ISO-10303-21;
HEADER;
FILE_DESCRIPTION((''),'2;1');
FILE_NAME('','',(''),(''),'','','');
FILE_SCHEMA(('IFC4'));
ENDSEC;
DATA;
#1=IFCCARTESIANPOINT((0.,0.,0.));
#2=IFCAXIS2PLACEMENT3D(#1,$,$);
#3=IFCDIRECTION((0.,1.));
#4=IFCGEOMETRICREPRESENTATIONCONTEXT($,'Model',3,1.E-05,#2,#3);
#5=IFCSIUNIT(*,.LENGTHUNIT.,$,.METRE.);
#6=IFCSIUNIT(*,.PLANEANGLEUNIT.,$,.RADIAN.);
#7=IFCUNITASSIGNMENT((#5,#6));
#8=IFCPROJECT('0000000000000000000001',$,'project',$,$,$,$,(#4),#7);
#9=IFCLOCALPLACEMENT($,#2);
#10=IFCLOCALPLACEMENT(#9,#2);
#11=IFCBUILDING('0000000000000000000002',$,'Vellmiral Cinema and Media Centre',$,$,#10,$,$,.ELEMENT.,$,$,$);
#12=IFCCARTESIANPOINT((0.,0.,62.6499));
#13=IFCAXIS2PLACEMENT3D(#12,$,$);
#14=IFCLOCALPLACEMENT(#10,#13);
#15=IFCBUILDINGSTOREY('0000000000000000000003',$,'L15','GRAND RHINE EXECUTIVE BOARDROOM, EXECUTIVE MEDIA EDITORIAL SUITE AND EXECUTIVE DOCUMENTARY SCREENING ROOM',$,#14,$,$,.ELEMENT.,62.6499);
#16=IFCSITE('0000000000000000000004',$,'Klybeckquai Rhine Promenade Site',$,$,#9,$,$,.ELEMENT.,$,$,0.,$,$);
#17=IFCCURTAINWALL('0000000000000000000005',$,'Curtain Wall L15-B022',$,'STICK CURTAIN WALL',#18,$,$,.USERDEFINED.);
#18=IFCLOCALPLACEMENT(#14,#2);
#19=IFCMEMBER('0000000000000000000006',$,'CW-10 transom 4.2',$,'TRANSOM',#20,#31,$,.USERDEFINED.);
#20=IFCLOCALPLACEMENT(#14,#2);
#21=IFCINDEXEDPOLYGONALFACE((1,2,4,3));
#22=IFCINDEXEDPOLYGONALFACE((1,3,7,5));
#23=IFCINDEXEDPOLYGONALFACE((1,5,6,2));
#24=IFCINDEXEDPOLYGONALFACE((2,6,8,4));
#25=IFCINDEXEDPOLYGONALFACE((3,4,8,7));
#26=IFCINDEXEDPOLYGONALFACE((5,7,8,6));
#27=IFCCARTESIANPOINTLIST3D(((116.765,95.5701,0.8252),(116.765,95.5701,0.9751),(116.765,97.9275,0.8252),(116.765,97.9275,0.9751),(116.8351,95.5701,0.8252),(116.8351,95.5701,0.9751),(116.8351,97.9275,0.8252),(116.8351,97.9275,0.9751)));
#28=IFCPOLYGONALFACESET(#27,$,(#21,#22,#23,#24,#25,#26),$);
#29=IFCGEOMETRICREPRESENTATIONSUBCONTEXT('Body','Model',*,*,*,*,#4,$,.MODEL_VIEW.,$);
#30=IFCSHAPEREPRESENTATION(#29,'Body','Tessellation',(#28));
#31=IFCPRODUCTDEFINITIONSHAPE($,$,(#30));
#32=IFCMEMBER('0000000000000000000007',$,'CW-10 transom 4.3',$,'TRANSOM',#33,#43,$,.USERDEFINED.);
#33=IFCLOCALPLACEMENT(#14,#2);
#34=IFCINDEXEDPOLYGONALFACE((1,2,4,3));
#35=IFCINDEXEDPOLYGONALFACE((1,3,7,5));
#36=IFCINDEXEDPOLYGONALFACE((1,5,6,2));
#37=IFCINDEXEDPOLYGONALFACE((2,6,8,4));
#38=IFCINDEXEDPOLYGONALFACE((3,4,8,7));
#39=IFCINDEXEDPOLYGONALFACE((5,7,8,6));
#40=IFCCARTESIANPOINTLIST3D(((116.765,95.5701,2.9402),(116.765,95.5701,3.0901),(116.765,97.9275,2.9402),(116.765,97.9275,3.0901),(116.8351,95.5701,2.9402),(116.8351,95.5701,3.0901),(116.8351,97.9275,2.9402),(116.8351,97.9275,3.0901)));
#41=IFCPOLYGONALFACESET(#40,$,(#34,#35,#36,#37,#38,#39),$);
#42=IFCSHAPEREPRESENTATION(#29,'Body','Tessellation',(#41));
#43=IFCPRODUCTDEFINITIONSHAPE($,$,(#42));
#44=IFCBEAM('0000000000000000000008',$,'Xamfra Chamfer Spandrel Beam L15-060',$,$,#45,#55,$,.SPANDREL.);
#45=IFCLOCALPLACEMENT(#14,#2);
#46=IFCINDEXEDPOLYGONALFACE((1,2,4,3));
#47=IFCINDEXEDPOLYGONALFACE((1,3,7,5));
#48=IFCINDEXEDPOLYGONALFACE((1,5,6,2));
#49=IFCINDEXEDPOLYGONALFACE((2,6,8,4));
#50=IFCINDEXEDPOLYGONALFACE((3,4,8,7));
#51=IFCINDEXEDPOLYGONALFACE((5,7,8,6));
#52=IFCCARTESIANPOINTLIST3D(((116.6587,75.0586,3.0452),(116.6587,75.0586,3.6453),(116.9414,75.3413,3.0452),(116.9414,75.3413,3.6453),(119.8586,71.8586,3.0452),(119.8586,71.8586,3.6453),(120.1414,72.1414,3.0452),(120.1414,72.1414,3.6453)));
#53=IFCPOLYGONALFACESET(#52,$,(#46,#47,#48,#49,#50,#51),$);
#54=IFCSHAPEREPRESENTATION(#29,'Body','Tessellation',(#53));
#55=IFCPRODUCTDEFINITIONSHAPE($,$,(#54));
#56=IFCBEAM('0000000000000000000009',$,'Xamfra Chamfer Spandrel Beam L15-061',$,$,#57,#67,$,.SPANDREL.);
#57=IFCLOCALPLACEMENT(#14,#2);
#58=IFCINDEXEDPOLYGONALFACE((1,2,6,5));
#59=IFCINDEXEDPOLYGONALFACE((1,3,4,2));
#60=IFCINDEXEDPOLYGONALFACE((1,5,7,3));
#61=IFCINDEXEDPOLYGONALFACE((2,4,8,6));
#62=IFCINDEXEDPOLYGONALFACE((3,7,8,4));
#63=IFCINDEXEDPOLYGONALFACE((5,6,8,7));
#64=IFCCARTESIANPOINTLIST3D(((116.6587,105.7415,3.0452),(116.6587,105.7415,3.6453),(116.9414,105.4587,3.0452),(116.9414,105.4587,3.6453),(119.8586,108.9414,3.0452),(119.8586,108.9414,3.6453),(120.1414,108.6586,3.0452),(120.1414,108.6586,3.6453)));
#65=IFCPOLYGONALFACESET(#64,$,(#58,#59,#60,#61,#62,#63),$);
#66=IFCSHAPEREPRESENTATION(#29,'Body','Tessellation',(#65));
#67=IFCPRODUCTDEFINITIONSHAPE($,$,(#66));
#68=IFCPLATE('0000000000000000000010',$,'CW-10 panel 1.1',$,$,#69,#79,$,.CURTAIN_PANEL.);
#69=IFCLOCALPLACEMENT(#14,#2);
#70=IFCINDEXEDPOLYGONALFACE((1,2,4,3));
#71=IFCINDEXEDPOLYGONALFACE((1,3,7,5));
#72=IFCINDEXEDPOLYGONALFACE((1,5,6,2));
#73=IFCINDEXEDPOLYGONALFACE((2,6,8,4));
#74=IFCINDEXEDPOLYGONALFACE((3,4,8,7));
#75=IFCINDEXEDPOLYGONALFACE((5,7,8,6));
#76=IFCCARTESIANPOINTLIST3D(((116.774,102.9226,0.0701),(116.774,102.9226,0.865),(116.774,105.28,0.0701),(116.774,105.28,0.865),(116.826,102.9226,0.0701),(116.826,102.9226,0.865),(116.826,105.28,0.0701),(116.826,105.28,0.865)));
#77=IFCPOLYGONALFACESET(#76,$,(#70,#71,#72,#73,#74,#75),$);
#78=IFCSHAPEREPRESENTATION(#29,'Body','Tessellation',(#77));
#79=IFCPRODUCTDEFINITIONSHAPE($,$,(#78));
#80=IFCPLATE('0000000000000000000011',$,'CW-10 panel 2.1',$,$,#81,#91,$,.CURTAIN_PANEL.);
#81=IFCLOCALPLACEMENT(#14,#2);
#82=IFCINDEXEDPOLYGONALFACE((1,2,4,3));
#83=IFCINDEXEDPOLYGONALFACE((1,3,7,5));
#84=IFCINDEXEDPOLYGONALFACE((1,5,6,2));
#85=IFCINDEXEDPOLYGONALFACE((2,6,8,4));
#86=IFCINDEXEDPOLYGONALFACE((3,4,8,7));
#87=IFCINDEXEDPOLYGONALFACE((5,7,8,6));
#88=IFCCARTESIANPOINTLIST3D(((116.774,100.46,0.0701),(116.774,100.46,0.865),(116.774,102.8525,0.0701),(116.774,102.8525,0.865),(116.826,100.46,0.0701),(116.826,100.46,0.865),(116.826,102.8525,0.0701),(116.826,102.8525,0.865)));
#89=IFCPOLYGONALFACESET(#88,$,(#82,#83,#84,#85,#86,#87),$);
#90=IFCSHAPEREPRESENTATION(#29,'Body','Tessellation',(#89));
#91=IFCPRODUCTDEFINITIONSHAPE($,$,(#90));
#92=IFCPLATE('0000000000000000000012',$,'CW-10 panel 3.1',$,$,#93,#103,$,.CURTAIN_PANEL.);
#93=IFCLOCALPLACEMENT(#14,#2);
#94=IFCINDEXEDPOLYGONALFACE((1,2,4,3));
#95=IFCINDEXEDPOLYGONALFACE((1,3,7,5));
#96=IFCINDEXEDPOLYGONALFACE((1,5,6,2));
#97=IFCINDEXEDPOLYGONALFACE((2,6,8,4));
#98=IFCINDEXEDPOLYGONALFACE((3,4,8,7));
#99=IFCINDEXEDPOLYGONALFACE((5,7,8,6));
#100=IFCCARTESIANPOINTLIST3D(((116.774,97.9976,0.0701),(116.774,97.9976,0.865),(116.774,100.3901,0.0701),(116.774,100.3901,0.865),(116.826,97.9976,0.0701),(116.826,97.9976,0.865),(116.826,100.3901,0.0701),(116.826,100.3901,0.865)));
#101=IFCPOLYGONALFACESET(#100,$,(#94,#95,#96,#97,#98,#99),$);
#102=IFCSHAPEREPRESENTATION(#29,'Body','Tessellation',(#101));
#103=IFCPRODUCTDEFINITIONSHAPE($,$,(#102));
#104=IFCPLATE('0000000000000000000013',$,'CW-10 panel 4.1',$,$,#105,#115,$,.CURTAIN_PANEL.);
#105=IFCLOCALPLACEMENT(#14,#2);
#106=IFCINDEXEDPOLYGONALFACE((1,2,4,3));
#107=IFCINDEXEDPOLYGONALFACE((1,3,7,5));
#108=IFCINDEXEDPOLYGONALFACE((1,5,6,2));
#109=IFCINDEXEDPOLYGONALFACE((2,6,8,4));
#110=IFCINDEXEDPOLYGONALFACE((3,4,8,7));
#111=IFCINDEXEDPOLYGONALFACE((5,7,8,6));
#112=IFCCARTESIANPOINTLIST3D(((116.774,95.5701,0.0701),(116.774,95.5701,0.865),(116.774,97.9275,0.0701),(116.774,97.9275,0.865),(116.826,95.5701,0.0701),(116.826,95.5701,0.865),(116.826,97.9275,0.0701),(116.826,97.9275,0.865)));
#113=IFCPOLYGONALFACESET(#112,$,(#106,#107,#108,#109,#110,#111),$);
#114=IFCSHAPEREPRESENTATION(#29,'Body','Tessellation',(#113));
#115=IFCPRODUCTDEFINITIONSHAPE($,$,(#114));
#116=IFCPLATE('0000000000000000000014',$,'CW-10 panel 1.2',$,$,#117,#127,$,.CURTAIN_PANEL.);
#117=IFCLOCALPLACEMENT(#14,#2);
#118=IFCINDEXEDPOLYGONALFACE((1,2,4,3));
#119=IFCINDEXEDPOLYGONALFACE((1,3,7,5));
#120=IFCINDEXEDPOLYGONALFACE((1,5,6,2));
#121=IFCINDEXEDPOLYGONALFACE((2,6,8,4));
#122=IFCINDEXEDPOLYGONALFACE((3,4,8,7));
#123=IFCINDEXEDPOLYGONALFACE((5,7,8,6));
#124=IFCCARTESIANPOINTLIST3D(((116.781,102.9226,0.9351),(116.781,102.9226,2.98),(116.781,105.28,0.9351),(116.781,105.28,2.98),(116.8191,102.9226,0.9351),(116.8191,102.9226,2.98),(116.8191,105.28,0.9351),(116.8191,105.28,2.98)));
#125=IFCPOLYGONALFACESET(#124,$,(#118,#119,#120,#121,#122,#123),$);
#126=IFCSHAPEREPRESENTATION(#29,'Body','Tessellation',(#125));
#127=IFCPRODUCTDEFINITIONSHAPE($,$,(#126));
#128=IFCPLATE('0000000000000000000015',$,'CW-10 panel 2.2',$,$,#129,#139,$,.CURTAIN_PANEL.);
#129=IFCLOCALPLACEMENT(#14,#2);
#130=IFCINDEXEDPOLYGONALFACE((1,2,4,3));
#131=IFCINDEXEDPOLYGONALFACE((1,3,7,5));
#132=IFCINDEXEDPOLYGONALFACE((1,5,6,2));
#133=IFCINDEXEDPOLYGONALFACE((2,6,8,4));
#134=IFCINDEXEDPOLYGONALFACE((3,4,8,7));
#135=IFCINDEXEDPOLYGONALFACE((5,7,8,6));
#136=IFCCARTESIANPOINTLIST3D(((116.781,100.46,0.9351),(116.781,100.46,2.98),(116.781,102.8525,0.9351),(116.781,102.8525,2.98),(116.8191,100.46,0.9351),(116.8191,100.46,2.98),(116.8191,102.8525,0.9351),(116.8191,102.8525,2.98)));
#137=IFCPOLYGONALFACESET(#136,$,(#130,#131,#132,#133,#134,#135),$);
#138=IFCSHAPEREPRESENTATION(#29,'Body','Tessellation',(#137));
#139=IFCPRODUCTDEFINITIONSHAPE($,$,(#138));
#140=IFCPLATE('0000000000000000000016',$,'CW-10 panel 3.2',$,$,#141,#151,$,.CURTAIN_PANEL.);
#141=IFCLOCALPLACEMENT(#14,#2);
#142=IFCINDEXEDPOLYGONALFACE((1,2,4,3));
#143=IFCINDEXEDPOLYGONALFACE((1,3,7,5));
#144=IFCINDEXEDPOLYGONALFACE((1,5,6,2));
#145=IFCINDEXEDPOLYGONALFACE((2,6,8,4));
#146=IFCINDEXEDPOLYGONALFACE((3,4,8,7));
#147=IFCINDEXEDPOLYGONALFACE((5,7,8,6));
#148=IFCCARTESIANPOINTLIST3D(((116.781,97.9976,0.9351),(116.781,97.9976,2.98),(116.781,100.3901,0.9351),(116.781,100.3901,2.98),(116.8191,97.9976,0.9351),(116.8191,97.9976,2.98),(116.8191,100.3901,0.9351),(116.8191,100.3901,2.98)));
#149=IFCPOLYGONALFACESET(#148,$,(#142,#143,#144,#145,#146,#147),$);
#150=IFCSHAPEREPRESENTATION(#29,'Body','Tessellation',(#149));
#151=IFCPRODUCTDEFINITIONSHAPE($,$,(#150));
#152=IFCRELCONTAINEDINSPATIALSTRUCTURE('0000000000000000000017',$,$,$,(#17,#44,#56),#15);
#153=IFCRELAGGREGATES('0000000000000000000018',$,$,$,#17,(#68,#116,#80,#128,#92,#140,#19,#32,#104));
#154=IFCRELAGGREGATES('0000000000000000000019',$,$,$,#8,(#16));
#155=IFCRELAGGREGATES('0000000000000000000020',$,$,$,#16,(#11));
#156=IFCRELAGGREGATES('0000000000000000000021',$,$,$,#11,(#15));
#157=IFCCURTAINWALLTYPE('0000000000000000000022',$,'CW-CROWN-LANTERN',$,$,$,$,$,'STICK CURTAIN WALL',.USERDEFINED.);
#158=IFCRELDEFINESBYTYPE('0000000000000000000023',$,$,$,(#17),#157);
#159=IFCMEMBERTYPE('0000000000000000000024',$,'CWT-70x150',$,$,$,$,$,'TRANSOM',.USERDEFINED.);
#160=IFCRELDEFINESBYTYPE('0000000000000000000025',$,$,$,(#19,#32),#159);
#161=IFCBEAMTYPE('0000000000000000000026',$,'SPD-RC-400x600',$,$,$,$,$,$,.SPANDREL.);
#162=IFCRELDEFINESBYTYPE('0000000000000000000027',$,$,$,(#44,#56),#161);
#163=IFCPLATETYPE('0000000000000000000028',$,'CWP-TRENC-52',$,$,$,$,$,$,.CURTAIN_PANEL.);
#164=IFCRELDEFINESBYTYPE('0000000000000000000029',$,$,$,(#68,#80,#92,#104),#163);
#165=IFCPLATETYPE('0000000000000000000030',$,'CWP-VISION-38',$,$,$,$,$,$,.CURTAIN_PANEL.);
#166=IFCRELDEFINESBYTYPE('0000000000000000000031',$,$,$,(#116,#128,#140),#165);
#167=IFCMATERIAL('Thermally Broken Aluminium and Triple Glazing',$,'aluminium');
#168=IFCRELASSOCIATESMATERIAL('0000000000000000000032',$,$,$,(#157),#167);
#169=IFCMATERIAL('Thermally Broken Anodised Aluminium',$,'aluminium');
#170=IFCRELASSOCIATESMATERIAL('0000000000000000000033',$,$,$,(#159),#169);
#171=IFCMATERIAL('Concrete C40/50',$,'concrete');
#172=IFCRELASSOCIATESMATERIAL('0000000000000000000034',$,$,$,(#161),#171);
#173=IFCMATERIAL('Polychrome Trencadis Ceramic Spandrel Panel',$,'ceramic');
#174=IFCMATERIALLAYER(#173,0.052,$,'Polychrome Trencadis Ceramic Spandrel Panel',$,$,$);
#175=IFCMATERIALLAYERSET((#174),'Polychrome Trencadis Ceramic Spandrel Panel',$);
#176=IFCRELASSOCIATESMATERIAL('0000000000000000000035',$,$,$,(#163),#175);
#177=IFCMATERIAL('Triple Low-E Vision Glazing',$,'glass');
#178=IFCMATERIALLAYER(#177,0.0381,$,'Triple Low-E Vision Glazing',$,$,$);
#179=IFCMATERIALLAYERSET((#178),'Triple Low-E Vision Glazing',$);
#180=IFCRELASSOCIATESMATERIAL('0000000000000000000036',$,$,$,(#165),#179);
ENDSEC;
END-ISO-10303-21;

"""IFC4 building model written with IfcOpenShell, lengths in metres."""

from ifc_helpers import new_model, si_unit, direction, frame, origin, origin_2d, place, context, subcontext, project, spatial, rectangle, extrude, material, layer, layer_set, material_profile, profile_set, type_object, element, aggregate, save


model = new_model("IFC4")

# Units and contexts
model_context = context("Model", 3, precision=1e-05, world=origin(), true_north=direction((0.0, 1.0)))
body_context = subcontext(model_context, "Body", "Model", "MODEL_VIEW")
ifc_project = project(units=[si_unit("LENGTHUNIT", "METRE"), si_unit("PLANEANGLEUNIT", "RADIAN")], contexts=[model_context])

# Site, building, storey
site_placement = place(None, origin())
site = spatial("IfcSite", under=ifc_project, at=site_placement, Name="Klybeckquai Rhine Promenade Site", CompositionType="ELEMENT", RefElevation=0.0)
building_placement = place(site_placement, origin())
building = spatial("IfcBuilding", under=site, at=building_placement, Name="Vellmiral Cinema and Media Centre", CompositionType="ELEMENT")
storey_placement = place(building_placement, frame((0.0, 0.0, 62.6499)))
storey = spatial("IfcBuildingStorey", under=building, at=storey_placement, Name="L15", Description="GRAND RHINE EXECUTIVE BOARDROOM, EXECUTIVE MEDIA EDITORIAL SUITE AND EXECUTIVE DOCUMENTARY SCREENING ROOM", CompositionType="ELEMENT", Elevation=62.6499)

# Curtain wall, members
ifc_material_1 = material(Name="Thermally Broken Aluminium and Triple Glazing", Category="aluminium")
curtain_wall_type = type_object("IfcCurtainWallType", Name="CW-CROWN-LANTERN", ElementType="STICK CURTAIN WALL", PredefinedType="USERDEFINED", material=ifc_material_1)
curtain_wall_placement = place(storey_placement, origin())
curtain_wall = element("IfcCurtainWall", 1, at=curtain_wall_placement, inside=storey, type_object=curtain_wall_type, Name="Curtain Wall L15-B022", ObjectType="STICK CURTAIN WALL", PredefinedType="USERDEFINED")
ifc_material_2 = material(Name="Thermally Broken Anodised Aluminium", Category="aluminium")
ifc_material_profile_1 = material_profile(ifc_material_2, rectangle(XDim=0.0701, YDim=0.1499, at=origin_2d()), Name="MULL 70x150")
ifc_profile_set_1 = profile_set([ifc_material_profile_1], Name="Thermally Broken Anodised Aluminium")
member_type_1 = type_object("IfcMemberType", Name="CWT-70x150", ElementType="TRANSOM", PredefinedType="USERDEFINED", material=ifc_profile_set_1)
member_1_placement = place(storey_placement, frame((116.8, 97.9275, 0.9001), z_axis=(0.0, -1.0, 0.0), x_axis=(1.0, 0.0, 0.0)))
member_1 = element("IfcMember", 2, at=member_1_placement, type_object=member_type_1, Name="CW-10 transom 4.2", ObjectType="TRANSOM", PredefinedType="USERDEFINED", context=body_context, shape_type="SweptSolid", body=[
    extrude(rectangle(XDim=0.0701, YDim=0.1499, at=origin_2d()), origin(), (0.0, 0.0, 1.0), 2.3574),
])
member_2_placement = place(storey_placement, frame((116.8, 97.9275, 3.0151), z_axis=(0.0, -1.0, 0.0), x_axis=(1.0, 0.0, 0.0)))
member_2 = element("IfcMember", 3, at=member_2_placement, type_object=member_type_1, Name="CW-10 transom 4.3", ObjectType="TRANSOM", PredefinedType="USERDEFINED", context=body_context, shape_type="SweptSolid", body=[
    extrude(rectangle(XDim=0.0701, YDim=0.1499, at=origin_2d()), origin(), (0.0, 0.0, 1.0), 2.3574),
])

# Beams
ifc_material_3 = material(Name="Concrete C40/50", Category="concrete")
ifc_material_profile_2 = material_profile(ifc_material_3, rectangle(XDim=0.3999, YDim=0.6001, at=origin_2d()), Name="RC 400x600")
ifc_profile_set_2 = profile_set([ifc_material_profile_2], Name="Concrete C40/50")
beam_type = type_object("IfcBeamType", Name="SPD-RC-400x600", PredefinedType="SPANDREL", material=ifc_profile_set_2)
for number, where, z_axis, x_axis, name in (
    (4, (116.8, 75.2, 3.3452), (0.707107, -0.707107, 0.0), (0.707107, 0.707107, 0.0), "Xamfra Chamfer Spandrel Beam L15-060"),
    (5, (116.8, 105.6001, 3.3452), (0.707107, 0.707107, 0.0), (-0.707107, 0.707107, 0.0), "Xamfra Chamfer Spandrel Beam L15-061"),
):
    element("IfcBeam", number, at=place(storey_placement, frame(where, z_axis=z_axis, x_axis=x_axis)), inside=storey, type_object=beam_type, Name=name, PredefinedType="SPANDREL", context=body_context, shape_type="SweptSolid", body=[
        extrude(rectangle(XDim=0.3999, YDim=0.6001, at=origin_2d()), origin(), (0.0, 0.0, 1.0), 4.5254),
    ])

# Plates
ifc_material_4 = material(Name="Polychrome Trencadis Ceramic Spandrel Panel", Category="ceramic")
ifc_layer_1 = layer(ifc_material_4, 0.052, Name="Polychrome Trencadis Ceramic Spandrel Panel")
ifc_layer_set_1 = layer_set([ifc_layer_1], Name="Polychrome Trencadis Ceramic Spandrel Panel")
plate_type_1 = type_object("IfcPlateType", Name="CWP-TRENC-52", PredefinedType="CURTAIN_PANEL", material=ifc_layer_set_1)
plate_1_placement = place(storey_placement, frame((116.8, 104.1013, 0.0701), z_axis=(0.0, 0.0, 1.0), x_axis=(0.0, -1.0, 0.0)))
plate_1 = element("IfcPlate", 6, at=plate_1_placement, type_object=plate_type_1, Name="CW-10 panel 1.1", PredefinedType="CURTAIN_PANEL", context=body_context, shape_type="SweptSolid", body=[
    extrude(rectangle(XDim=2.3574, YDim=0.052, at=origin_2d()), origin(), (0.0, 0.0, 1.0), 0.7949),
])
plate_2_placement = place(storey_placement, frame((116.8, 101.6562, 0.0701), z_axis=(0.0, 0.0, 1.0), x_axis=(0.0, -1.0, 0.0)))
plate_2 = element("IfcPlate", 7, at=plate_2_placement, type_object=plate_type_1, Name="CW-10 panel 2.1", PredefinedType="CURTAIN_PANEL", context=body_context, shape_type="SweptSolid", body=[
    extrude(rectangle(XDim=2.3926, YDim=0.052, at=origin_2d()), origin(), (0.0, 0.0, 1.0), 0.7949),
])
plate_3_placement = place(storey_placement, frame((116.8, 99.1938, 0.0701), z_axis=(0.0, 0.0, 1.0), x_axis=(0.0, -1.0, 0.0)))
plate_3 = element("IfcPlate", 8, at=plate_3_placement, type_object=plate_type_1, Name="CW-10 panel 3.1", PredefinedType="CURTAIN_PANEL", context=body_context, shape_type="SweptSolid", body=[
    extrude(rectangle(XDim=2.3926, YDim=0.052, at=origin_2d()), origin(), (0.0, 0.0, 1.0), 0.7949),
])
plate_4_placement = place(storey_placement, frame((116.8, 96.7488, 0.0701), z_axis=(0.0, 0.0, 1.0), x_axis=(0.0, -1.0, 0.0)))
plate_4 = element("IfcPlate", 9, at=plate_4_placement, type_object=plate_type_1, Name="CW-10 panel 4.1", PredefinedType="CURTAIN_PANEL", context=body_context, shape_type="SweptSolid", body=[
    extrude(rectangle(XDim=2.3574, YDim=0.052, at=origin_2d()), origin(), (0.0, 0.0, 1.0), 0.7949),
])
ifc_material_5 = material(Name="Triple Low-E Vision Glazing", Category="glass")
ifc_layer_2 = layer(ifc_material_5, 0.0381, Name="Triple Low-E Vision Glazing")
ifc_layer_set_2 = layer_set([ifc_layer_2], Name="Triple Low-E Vision Glazing")
plate_type_2 = type_object("IfcPlateType", Name="CWP-VISION-38", PredefinedType="CURTAIN_PANEL", material=ifc_layer_set_2)
plate_5_placement = place(storey_placement, frame((116.8, 104.1013, 0.9351), z_axis=(0.0, 0.0, 1.0), x_axis=(0.0, -1.0, 0.0)))
plate_5 = element("IfcPlate", 10, at=plate_5_placement, type_object=plate_type_2, Name="CW-10 panel 1.2", PredefinedType="CURTAIN_PANEL", context=body_context, shape_type="SweptSolid", body=[
    extrude(rectangle(XDim=2.3574, YDim=0.0381, at=origin_2d()), origin(), (0.0, 0.0, 1.0), 2.0449),
])
plate_6_placement = place(storey_placement, frame((116.8, 101.6562, 0.9351), z_axis=(0.0, 0.0, 1.0), x_axis=(0.0, -1.0, 0.0)))
plate_6 = element("IfcPlate", 11, at=plate_6_placement, type_object=plate_type_2, Name="CW-10 panel 2.2", PredefinedType="CURTAIN_PANEL", context=body_context, shape_type="SweptSolid", body=[
    extrude(rectangle(XDim=2.3926, YDim=0.0381, at=origin_2d()), origin(), (0.0, 0.0, 1.0), 2.0449),
])
plate_7_placement = place(storey_placement, frame((116.8, 99.1938, 0.9351), z_axis=(0.0, 0.0, 1.0), x_axis=(0.0, -1.0, 0.0)))
plate_7 = element("IfcPlate", 12, at=plate_7_placement, type_object=plate_type_2, Name="CW-10 panel 3.2", PredefinedType="CURTAIN_PANEL", context=body_context, shape_type="SweptSolid", body=[
    extrude(rectangle(XDim=2.3926, YDim=0.0381, at=origin_2d()), origin(), (0.0, 0.0, 1.0), 2.0449),
])
aggregate(curtain_wall, [plate_1, plate_5, plate_2, plate_6, plate_3, plate_7, member_1, member_2, plate_4])

save(model, "model.ifc")
